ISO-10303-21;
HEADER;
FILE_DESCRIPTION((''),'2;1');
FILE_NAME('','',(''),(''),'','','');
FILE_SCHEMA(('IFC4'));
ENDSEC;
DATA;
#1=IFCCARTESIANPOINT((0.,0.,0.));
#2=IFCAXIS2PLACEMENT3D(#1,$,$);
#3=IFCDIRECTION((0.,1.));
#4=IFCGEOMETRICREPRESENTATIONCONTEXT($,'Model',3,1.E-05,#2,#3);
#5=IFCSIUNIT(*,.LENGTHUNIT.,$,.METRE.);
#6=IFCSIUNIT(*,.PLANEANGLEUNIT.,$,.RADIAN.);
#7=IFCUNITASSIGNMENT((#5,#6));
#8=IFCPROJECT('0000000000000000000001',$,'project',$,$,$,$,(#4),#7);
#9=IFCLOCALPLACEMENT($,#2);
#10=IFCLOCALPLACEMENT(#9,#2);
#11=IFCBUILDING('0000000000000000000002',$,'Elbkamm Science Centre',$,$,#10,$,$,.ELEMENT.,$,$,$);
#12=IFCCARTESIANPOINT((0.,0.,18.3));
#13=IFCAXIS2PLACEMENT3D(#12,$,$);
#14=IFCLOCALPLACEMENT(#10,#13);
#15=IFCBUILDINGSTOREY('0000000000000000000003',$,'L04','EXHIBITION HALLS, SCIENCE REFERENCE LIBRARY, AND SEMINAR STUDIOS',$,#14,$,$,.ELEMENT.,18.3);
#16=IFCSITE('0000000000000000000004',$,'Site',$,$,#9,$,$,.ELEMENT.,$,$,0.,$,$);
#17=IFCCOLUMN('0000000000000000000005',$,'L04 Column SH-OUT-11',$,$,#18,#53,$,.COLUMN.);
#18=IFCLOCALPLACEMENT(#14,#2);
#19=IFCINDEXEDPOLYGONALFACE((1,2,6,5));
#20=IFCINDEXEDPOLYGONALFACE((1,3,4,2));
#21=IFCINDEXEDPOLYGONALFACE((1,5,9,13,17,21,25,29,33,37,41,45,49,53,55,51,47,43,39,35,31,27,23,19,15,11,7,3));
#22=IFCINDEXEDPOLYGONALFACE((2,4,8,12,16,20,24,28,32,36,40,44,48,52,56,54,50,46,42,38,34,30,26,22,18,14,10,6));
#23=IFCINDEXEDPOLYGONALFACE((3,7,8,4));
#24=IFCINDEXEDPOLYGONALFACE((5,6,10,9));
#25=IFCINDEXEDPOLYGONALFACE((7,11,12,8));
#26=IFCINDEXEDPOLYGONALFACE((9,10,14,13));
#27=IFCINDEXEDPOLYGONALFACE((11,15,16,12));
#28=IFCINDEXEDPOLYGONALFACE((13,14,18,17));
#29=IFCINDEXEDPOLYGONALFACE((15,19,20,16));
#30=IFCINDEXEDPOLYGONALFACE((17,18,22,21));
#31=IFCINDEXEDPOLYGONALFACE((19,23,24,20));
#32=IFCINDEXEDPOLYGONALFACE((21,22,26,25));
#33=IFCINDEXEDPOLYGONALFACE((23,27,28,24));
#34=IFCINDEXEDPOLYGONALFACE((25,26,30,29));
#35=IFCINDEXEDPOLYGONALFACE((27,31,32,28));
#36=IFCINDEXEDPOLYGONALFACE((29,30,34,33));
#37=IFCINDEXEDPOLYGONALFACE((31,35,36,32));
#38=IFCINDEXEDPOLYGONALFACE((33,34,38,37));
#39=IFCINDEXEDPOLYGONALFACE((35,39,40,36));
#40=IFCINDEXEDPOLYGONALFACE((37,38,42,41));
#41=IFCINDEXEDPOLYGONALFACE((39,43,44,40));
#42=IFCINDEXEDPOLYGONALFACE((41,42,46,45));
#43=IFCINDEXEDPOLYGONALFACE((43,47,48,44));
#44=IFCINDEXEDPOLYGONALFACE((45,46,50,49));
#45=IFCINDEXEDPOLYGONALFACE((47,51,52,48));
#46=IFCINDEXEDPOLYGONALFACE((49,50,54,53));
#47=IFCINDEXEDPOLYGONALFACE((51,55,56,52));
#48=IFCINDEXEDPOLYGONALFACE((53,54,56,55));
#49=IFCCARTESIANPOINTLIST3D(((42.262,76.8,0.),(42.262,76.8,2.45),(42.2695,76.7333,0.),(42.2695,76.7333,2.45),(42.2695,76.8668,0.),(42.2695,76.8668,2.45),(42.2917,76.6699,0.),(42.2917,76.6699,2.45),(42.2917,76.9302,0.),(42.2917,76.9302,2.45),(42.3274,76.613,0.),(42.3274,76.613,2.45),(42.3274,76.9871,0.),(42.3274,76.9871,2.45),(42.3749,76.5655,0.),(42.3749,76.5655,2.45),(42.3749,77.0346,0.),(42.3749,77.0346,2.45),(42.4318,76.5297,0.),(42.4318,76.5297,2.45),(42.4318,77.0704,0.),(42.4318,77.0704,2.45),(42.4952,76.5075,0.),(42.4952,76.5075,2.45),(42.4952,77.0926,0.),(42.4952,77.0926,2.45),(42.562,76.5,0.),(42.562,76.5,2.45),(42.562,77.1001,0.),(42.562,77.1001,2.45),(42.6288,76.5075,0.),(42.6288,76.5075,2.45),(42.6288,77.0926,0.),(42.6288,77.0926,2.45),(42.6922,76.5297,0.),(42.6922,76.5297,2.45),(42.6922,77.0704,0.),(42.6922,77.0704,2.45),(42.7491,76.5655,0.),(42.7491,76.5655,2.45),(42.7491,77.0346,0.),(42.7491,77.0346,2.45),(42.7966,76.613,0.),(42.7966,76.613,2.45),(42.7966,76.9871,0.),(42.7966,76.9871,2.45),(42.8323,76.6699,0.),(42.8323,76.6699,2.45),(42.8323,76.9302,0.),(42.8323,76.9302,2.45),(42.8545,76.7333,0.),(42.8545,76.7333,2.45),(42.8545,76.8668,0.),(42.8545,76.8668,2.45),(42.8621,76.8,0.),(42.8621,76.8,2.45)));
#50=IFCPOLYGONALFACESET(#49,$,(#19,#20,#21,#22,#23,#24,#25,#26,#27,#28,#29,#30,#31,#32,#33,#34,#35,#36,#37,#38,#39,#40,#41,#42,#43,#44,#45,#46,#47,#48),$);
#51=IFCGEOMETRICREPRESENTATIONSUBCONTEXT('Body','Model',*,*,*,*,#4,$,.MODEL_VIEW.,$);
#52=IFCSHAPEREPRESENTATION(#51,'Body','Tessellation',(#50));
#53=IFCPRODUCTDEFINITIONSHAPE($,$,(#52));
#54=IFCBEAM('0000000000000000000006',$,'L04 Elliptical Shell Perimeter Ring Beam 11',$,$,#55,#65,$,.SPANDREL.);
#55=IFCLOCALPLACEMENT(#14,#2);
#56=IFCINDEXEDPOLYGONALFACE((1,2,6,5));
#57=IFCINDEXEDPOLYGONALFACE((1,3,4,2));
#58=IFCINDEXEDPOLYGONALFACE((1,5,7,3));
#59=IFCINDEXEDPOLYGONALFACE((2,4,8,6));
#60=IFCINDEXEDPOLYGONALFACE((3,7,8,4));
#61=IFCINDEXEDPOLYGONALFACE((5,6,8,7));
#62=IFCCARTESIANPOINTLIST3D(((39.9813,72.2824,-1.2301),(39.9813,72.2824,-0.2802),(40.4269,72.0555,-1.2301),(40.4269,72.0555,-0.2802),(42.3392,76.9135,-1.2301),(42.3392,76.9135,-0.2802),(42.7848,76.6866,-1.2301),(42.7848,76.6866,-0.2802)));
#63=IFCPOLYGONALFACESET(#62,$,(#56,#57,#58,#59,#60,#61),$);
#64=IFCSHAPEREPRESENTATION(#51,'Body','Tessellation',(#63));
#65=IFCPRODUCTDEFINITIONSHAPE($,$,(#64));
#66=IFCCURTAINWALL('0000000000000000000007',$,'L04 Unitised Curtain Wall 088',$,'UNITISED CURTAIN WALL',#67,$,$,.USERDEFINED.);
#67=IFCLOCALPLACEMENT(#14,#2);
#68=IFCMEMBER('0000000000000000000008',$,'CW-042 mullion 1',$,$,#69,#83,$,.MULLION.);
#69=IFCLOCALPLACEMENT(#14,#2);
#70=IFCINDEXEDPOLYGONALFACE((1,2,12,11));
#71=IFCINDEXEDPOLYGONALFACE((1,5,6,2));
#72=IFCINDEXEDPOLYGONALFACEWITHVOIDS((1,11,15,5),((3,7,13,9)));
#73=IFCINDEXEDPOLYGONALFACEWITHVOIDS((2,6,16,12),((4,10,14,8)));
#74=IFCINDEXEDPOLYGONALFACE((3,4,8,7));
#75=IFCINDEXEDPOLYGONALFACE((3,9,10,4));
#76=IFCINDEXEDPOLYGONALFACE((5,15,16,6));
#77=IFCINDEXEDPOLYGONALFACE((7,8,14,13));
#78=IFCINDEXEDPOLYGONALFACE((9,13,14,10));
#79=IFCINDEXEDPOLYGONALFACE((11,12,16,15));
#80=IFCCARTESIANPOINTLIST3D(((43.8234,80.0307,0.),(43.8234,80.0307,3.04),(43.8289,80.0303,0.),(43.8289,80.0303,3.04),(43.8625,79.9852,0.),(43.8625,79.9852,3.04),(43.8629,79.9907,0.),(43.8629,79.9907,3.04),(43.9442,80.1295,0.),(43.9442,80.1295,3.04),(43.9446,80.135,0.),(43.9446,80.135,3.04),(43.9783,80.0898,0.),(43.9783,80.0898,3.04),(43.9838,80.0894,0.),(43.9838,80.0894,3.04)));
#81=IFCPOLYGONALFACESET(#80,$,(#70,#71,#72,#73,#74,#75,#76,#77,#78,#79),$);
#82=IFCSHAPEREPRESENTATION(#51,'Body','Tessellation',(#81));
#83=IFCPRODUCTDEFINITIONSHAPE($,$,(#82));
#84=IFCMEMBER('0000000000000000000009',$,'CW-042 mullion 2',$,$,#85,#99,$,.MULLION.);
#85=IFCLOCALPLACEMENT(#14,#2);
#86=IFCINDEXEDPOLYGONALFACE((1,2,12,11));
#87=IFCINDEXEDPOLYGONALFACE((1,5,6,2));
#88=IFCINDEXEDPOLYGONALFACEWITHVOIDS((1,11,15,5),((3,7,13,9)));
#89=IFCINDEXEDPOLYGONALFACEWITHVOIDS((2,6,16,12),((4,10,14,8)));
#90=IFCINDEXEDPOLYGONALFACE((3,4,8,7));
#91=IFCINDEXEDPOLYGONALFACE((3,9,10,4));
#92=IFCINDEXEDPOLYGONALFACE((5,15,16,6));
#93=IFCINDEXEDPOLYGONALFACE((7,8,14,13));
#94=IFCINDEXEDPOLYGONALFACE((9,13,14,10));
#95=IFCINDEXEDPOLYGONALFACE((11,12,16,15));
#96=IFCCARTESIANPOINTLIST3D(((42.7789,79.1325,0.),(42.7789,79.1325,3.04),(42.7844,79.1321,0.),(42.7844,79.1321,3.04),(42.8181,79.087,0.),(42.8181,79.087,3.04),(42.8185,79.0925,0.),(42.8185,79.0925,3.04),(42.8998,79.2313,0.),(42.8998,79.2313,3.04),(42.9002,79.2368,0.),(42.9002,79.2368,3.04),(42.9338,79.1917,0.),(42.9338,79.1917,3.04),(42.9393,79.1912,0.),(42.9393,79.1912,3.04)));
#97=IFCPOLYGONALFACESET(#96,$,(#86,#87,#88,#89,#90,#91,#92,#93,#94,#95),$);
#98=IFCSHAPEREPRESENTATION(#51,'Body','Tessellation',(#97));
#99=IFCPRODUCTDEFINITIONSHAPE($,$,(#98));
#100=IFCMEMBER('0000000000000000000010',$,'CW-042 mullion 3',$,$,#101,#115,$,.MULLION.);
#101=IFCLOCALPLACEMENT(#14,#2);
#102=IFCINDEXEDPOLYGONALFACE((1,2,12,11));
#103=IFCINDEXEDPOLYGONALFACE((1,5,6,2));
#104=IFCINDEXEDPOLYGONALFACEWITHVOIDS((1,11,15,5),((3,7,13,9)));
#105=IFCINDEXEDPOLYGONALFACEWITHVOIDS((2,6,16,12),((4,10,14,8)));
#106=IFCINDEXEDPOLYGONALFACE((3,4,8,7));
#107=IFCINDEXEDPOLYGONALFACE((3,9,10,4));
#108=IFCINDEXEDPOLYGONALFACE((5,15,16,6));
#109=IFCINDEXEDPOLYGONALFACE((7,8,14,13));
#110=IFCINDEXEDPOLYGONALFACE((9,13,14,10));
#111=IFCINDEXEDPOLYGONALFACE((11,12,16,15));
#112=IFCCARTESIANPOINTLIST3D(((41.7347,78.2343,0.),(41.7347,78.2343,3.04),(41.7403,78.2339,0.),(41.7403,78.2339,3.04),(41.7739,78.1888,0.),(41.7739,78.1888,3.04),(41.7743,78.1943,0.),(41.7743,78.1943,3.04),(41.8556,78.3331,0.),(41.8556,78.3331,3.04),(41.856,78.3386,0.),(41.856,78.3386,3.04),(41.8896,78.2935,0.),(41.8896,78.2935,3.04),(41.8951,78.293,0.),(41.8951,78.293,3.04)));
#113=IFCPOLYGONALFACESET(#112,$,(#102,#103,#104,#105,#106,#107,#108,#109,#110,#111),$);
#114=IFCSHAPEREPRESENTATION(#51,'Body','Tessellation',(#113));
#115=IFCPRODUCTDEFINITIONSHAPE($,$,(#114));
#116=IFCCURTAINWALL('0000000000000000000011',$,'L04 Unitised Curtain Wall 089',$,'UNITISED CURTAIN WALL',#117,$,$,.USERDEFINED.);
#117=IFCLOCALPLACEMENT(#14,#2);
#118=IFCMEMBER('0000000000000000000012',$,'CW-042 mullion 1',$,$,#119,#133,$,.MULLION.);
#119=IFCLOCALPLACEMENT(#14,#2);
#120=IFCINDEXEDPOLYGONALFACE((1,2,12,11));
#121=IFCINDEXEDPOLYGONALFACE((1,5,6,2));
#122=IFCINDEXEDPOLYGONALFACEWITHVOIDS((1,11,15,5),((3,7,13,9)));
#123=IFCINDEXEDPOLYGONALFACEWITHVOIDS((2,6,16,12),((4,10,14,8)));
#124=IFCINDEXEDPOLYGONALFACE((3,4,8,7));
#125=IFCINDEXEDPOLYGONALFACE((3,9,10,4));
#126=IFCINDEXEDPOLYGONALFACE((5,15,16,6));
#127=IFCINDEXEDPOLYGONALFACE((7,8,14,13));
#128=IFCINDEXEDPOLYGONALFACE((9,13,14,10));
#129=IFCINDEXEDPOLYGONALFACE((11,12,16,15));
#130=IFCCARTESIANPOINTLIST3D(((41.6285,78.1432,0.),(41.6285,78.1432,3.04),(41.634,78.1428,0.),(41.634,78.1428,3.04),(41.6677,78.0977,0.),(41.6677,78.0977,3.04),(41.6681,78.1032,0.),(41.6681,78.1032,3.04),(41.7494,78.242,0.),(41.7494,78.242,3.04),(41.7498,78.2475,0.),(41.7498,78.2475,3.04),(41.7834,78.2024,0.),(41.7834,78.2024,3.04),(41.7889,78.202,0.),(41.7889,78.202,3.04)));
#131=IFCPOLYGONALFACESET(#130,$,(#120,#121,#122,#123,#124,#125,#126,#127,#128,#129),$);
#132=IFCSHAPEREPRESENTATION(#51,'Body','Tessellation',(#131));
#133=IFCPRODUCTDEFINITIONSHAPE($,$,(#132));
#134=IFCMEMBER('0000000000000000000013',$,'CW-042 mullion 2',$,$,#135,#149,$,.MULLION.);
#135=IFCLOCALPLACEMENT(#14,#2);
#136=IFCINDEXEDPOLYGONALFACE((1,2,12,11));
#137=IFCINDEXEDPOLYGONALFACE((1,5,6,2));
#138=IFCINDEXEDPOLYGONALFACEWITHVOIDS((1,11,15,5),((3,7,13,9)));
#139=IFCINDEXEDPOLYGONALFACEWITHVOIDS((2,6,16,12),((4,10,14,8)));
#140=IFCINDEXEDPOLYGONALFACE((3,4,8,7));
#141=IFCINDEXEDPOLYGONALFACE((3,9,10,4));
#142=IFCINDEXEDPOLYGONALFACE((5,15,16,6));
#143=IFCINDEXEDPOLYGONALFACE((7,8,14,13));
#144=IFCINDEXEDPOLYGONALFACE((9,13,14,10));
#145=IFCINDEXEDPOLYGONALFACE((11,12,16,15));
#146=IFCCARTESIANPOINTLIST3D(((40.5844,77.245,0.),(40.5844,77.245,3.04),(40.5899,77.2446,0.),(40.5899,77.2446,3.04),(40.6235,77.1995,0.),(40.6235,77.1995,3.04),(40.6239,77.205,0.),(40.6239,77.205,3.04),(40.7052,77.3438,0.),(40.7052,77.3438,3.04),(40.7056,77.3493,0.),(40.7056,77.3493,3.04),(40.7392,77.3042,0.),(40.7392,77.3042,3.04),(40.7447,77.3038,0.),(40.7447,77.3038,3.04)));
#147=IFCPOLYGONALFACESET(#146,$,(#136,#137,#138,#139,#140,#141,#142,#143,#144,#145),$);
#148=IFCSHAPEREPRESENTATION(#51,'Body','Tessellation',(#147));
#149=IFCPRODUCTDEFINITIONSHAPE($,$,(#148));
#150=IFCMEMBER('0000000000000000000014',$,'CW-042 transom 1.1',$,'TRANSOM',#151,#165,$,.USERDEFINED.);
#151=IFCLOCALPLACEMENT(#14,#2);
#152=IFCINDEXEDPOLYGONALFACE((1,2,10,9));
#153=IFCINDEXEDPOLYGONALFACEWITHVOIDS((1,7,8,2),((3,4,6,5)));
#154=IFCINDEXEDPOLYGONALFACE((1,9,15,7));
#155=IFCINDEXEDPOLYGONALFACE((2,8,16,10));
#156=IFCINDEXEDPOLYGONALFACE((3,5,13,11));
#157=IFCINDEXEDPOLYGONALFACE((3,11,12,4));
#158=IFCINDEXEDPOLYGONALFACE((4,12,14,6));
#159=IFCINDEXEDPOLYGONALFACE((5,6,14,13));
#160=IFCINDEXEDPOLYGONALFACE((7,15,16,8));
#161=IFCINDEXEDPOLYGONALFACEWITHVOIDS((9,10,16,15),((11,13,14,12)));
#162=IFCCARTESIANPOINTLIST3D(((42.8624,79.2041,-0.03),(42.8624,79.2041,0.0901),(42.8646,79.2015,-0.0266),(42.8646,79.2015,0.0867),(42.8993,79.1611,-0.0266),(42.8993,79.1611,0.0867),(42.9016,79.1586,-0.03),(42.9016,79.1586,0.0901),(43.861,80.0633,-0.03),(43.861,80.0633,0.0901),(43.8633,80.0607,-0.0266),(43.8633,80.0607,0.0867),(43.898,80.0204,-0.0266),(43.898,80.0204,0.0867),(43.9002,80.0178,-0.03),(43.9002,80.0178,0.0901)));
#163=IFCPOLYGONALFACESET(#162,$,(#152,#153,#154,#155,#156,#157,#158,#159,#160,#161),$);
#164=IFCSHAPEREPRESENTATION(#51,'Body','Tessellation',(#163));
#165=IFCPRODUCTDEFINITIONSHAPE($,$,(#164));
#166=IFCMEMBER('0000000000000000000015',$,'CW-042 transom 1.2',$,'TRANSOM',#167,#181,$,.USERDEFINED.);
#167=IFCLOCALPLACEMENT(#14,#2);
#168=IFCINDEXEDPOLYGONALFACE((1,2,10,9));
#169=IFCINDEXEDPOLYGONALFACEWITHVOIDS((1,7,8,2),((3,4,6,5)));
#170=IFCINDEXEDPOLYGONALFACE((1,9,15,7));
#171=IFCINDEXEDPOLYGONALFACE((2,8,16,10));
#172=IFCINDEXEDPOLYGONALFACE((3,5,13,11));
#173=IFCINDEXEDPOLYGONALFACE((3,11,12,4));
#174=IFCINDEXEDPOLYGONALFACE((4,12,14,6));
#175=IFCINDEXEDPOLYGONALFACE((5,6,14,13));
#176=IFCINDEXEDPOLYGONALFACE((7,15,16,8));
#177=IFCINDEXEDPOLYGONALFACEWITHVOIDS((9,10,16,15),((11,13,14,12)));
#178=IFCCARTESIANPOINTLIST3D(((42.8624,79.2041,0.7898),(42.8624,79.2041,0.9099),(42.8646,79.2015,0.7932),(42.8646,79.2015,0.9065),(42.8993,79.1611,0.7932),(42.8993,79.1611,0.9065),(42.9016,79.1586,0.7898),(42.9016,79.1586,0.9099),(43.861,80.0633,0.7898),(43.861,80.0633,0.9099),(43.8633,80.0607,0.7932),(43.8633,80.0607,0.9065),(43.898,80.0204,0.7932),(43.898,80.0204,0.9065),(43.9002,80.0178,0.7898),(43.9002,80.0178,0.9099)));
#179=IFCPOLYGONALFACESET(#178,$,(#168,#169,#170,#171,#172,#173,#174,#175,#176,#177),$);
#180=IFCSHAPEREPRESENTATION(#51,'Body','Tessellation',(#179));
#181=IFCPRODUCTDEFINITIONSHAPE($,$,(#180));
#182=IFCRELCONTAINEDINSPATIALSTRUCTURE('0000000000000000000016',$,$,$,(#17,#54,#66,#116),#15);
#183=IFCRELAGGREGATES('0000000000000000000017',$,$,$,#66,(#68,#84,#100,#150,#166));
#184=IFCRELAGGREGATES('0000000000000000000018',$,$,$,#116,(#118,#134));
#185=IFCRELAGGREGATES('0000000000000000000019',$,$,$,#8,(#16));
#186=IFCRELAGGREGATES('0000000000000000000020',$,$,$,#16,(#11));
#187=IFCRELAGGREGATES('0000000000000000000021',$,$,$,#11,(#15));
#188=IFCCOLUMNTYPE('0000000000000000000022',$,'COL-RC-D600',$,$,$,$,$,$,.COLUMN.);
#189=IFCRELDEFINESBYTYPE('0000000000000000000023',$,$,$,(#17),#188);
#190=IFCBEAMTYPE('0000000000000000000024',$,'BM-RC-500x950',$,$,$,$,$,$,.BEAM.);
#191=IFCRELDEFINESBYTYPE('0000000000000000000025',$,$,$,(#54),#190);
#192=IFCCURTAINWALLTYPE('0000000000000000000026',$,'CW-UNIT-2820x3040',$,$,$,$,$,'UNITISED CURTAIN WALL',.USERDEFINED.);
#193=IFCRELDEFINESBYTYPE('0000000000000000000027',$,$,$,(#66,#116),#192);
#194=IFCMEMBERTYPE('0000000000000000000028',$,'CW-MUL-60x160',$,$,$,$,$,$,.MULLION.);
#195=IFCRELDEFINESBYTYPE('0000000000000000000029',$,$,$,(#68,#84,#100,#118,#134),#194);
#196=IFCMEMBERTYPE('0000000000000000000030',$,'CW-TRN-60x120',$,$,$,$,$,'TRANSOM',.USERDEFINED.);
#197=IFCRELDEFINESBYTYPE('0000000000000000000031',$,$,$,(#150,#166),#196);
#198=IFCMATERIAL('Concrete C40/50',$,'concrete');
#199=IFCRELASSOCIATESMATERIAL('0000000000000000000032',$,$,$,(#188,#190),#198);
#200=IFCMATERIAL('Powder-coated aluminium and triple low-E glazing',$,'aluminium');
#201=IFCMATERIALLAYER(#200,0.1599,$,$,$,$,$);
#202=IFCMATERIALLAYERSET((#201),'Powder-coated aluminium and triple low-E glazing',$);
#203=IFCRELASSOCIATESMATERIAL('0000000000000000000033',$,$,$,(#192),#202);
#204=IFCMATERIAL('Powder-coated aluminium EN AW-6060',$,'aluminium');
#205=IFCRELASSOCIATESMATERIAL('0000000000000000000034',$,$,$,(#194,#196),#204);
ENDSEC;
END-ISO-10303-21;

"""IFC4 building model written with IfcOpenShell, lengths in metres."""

from ifc_helpers import new_model, si_unit, direction, frame, origin, origin_2d, place, context, subcontext, project, spatial, rectangle, hollow_rectangle, circle, extrude, material, layer, layer_set, material_profile, profile_set, type_object, element, aggregate, save


model = new_model("IFC4")

# Units and contexts
model_context = context("Model", 3, precision=1e-05, world=origin(), true_north=direction((0.0, 1.0)))
body_context = subcontext(model_context, "Body", "Model", "MODEL_VIEW")
ifc_project = project(units=[si_unit("LENGTHUNIT", "METRE"), si_unit("PLANEANGLEUNIT", "RADIAN")], contexts=[model_context])

# Site, building, storey
site_placement = place(None, origin())
site = spatial("IfcSite", under=ifc_project, at=site_placement, Name="Site", CompositionType="ELEMENT", RefElevation=0.0)
building_placement = place(site_placement, origin())
building = spatial("IfcBuilding", under=site, at=building_placement, Name="Elbkamm Science Centre", CompositionType="ELEMENT")
storey_placement = place(building_placement, frame((0.0, 0.0, 18.3)))
storey = spatial("IfcBuildingStorey", under=building, at=storey_placement, Name="L04", Description="EXHIBITION HALLS, SCIENCE REFERENCE LIBRARY, AND SEMINAR STUDIOS", CompositionType="ELEMENT", Elevation=18.3)

# Column
ifc_material_1 = material(Name="Concrete C40/50", Category="concrete")
ifc_material_profile_1 = material_profile(ifc_material_1, circle(Radius=0.3, at=origin_2d()), Name="RC D600")
ifc_profile_set_1 = profile_set([ifc_material_profile_1], Name="Concrete C40/50")
column_type = type_object("IfcColumnType", Name="COL-RC-D600", PredefinedType="COLUMN", material=ifc_profile_set_1)
column_placement = place(storey_placement, frame((42.562, 76.8, 0.0), z_axis=(0.0, 0.0, 1.0), x_axis=(1.0, 0.0, 0.0)))
element("IfcColumn", 1, at=column_placement, inside=storey, type_object=column_type, Name="L04 Column SH-OUT-11", PredefinedType="COLUMN", context=body_context, shape_type="SweptSolid", body=[
    extrude(circle(Radius=0.3, at=origin_2d()), origin(), (0.0, 0.0, 1.0), 2.45),
])

# Beam
ifc_material_profile_2 = material_profile(ifc_material_1, rectangle(XDim=0.5, YDim=0.95, at=origin_2d()), Name="RC 500x950")
ifc_profile_set_2 = profile_set([ifc_material_profile_2], Name="Concrete C40/50")
beam_type = type_object("IfcBeamType", Name="BM-RC-500x950", PredefinedType="BEAM", material=ifc_profile_set_2)
beam_placement = place(storey_placement, frame((42.562, 76.8, -0.7551), z_axis=(-0.453722, -0.891143, 0.0), x_axis=(0.891143, -0.453722, 0.0)))
element("IfcBeam", 2, at=beam_placement, inside=storey, type_object=beam_type, Name="L04 Elliptical Shell Perimeter Ring Beam 11", PredefinedType="SPANDREL", context=body_context, shape_type="SweptSolid", body=[
    extrude(rectangle(XDim=0.5, YDim=0.95, at=origin_2d()), origin(), (0.0, 0.0, 1.0), 5.1968),
])

# Curtain walls, members
ifc_material_2 = material(Name="Powder-coated aluminium and triple low-E glazing", Category="aluminium")
ifc_layer_1 = layer(ifc_material_2, 0.1599)
ifc_layer_set_1 = layer_set([ifc_layer_1], Name="Powder-coated aluminium and triple low-E glazing")
curtain_wall_type = type_object("IfcCurtainWallType", Name="CW-UNIT-2820x3040", ElementType="UNITISED CURTAIN WALL", PredefinedType="USERDEFINED", material=ifc_layer_set_1)
curtain_wall_1_placement = place(storey_placement, origin())
curtain_wall_1 = element("IfcCurtainWall", 3, at=curtain_wall_1_placement, inside=storey, type_object=curtain_wall_type, Name="L04 Unitised Curtain Wall 088", ObjectType="UNITISED CURTAIN WALL", PredefinedType="USERDEFINED")
ifc_material_3 = material(Name="Powder-coated aluminium EN AW-6060", Category="aluminium")
ifc_material_profile_3 = material_profile(ifc_material_3, hollow_rectangle(XDim=0.0601, YDim=0.1599, WallThickness=0.0039, at=origin_2d()), Name="ALU M60x160")
ifc_profile_set_3 = profile_set([ifc_material_profile_3], Name="Powder-coated aluminium EN AW-6060")
member_type_1 = type_object("IfcMemberType", Name="CW-MUL-60x160", PredefinedType="MULLION", material=ifc_profile_set_3)
member_1_placement = place(storey_placement, frame((43.9036, 80.0601, 0.0), z_axis=(0.0, 0.0, 1.0), x_axis=(0.65211, -0.758124, 0.0)))
member_1 = element("IfcMember", 4, at=member_1_placement, type_object=member_type_1, Name="CW-042 mullion 1", PredefinedType="MULLION", context=body_context, shape_type="SweptSolid", body=[
    extrude(hollow_rectangle(XDim=0.0601, YDim=0.1599, WallThickness=0.0039, at=origin_2d()), origin(), (0.0, 0.0, 1.0), 3.04),
])
member_2_placement = place(storey_placement, frame((42.8591, 79.1619, 0.0), z_axis=(0.0, 0.0, 1.0), x_axis=(0.65211, -0.758124, 0.0)))
member_2 = element("IfcMember", 5, at=member_2_placement, type_object=member_type_1, Name="CW-042 mullion 2", PredefinedType="MULLION", context=body_context, shape_type="SweptSolid", body=[
    extrude(hollow_rectangle(XDim=0.0601, YDim=0.1599, WallThickness=0.0039, at=origin_2d()), origin(), (0.0, 0.0, 1.0), 3.04),
])
member_3_placement = place(storey_placement, frame((41.8149, 78.2637, 0.0), z_axis=(0.0, 0.0, 1.0), x_axis=(0.65211, -0.758124, 0.0)))
member_3 = element("IfcMember", 6, at=member_3_placement, type_object=member_type_1, Name="CW-042 mullion 3", PredefinedType="MULLION", context=body_context, shape_type="SweptSolid", body=[
    extrude(hollow_rectangle(XDim=0.0601, YDim=0.1599, WallThickness=0.0039, at=origin_2d()), origin(), (0.0, 0.0, 1.0), 3.04),
])
curtain_wall_2_placement = place(storey_placement, origin())
curtain_wall_2 = element("IfcCurtainWall", 7, at=curtain_wall_2_placement, inside=storey, type_object=curtain_wall_type, Name="L04 Unitised Curtain Wall 089", ObjectType="UNITISED CURTAIN WALL", PredefinedType="USERDEFINED")
member_4_placement = place(storey_placement, frame((41.7087, 78.1726, 0.0), z_axis=(0.0, 0.0, 1.0), x_axis=(0.65211, -0.758124, 0.0)))
member_4 = element("IfcMember", 8, at=member_4_placement, type_object=member_type_1, Name="CW-042 mullion 1", PredefinedType="MULLION", context=body_context, shape_type="SweptSolid", body=[
    extrude(hollow_rectangle(XDim=0.0601, YDim=0.1599, WallThickness=0.0039, at=origin_2d()), origin(), (0.0, 0.0, 1.0), 3.04),
])
member_5_placement = place(storey_placement, frame((40.6646, 77.2744, 0.0), z_axis=(0.0, 0.0, 1.0), x_axis=(0.65211, -0.758124, 0.0)))
member_5 = element("IfcMember", 9, at=member_5_placement, type_object=member_type_1, Name="CW-042 mullion 2", PredefinedType="MULLION", context=body_context, shape_type="SweptSolid", body=[
    extrude(hollow_rectangle(XDim=0.0601, YDim=0.1599, WallThickness=0.0039, at=origin_2d()), origin(), (0.0, 0.0, 1.0), 3.04),
])

# Members
ifc_material_profile_4 = material_profile(ifc_material_3, hollow_rectangle(XDim=0.0601, YDim=0.1201, WallThickness=0.0034, at=origin_2d()), Name="ALU T60x120")
ifc_profile_set_4 = profile_set([ifc_material_profile_4], Name="Powder-coated aluminium EN AW-6060")
member_type_2 = type_object("IfcMemberType", Name="CW-TRN-60x120", ElementType="TRANSOM", PredefinedType="USERDEFINED", material=ifc_profile_set_4)
member_6_placement = place(storey_placement, frame((43.8806, 80.0405, 0.03), z_axis=(-0.758039, -0.65221, 0.0), x_axis=(0.65221, -0.758039, 0.0)))
member_6 = element("IfcMember", 10, at=member_6_placement, type_object=member_type_2, Name="CW-042 transom 1.1", ObjectType="TRANSOM", PredefinedType="USERDEFINED", context=body_context, shape_type="SweptSolid", body=[
    extrude(hollow_rectangle(XDim=0.0601, YDim=0.1201, WallThickness=0.0034, at=origin_2d()), origin(), (0.0, 0.0, 1.0), 1.3174),
])
member_7_placement = place(storey_placement, frame((43.8806, 80.0405, 0.8499), z_axis=(-0.758039, -0.65221, 0.0), x_axis=(0.65221, -0.758039, 0.0)))
member_7 = element("IfcMember", 11, at=member_7_placement, type_object=member_type_2, Name="CW-042 transom 1.2", ObjectType="TRANSOM", PredefinedType="USERDEFINED", context=body_context, shape_type="SweptSolid", body=[
    extrude(hollow_rectangle(XDim=0.0601, YDim=0.1201, WallThickness=0.0034, at=origin_2d()), origin(), (0.0, 0.0, 1.0), 1.3174),
])

aggregate(curtain_wall_1, [member_1, member_2, member_3, member_6, member_7])
aggregate(curtain_wall_2, [member_4, member_5])

save(model, "model.ifc")
